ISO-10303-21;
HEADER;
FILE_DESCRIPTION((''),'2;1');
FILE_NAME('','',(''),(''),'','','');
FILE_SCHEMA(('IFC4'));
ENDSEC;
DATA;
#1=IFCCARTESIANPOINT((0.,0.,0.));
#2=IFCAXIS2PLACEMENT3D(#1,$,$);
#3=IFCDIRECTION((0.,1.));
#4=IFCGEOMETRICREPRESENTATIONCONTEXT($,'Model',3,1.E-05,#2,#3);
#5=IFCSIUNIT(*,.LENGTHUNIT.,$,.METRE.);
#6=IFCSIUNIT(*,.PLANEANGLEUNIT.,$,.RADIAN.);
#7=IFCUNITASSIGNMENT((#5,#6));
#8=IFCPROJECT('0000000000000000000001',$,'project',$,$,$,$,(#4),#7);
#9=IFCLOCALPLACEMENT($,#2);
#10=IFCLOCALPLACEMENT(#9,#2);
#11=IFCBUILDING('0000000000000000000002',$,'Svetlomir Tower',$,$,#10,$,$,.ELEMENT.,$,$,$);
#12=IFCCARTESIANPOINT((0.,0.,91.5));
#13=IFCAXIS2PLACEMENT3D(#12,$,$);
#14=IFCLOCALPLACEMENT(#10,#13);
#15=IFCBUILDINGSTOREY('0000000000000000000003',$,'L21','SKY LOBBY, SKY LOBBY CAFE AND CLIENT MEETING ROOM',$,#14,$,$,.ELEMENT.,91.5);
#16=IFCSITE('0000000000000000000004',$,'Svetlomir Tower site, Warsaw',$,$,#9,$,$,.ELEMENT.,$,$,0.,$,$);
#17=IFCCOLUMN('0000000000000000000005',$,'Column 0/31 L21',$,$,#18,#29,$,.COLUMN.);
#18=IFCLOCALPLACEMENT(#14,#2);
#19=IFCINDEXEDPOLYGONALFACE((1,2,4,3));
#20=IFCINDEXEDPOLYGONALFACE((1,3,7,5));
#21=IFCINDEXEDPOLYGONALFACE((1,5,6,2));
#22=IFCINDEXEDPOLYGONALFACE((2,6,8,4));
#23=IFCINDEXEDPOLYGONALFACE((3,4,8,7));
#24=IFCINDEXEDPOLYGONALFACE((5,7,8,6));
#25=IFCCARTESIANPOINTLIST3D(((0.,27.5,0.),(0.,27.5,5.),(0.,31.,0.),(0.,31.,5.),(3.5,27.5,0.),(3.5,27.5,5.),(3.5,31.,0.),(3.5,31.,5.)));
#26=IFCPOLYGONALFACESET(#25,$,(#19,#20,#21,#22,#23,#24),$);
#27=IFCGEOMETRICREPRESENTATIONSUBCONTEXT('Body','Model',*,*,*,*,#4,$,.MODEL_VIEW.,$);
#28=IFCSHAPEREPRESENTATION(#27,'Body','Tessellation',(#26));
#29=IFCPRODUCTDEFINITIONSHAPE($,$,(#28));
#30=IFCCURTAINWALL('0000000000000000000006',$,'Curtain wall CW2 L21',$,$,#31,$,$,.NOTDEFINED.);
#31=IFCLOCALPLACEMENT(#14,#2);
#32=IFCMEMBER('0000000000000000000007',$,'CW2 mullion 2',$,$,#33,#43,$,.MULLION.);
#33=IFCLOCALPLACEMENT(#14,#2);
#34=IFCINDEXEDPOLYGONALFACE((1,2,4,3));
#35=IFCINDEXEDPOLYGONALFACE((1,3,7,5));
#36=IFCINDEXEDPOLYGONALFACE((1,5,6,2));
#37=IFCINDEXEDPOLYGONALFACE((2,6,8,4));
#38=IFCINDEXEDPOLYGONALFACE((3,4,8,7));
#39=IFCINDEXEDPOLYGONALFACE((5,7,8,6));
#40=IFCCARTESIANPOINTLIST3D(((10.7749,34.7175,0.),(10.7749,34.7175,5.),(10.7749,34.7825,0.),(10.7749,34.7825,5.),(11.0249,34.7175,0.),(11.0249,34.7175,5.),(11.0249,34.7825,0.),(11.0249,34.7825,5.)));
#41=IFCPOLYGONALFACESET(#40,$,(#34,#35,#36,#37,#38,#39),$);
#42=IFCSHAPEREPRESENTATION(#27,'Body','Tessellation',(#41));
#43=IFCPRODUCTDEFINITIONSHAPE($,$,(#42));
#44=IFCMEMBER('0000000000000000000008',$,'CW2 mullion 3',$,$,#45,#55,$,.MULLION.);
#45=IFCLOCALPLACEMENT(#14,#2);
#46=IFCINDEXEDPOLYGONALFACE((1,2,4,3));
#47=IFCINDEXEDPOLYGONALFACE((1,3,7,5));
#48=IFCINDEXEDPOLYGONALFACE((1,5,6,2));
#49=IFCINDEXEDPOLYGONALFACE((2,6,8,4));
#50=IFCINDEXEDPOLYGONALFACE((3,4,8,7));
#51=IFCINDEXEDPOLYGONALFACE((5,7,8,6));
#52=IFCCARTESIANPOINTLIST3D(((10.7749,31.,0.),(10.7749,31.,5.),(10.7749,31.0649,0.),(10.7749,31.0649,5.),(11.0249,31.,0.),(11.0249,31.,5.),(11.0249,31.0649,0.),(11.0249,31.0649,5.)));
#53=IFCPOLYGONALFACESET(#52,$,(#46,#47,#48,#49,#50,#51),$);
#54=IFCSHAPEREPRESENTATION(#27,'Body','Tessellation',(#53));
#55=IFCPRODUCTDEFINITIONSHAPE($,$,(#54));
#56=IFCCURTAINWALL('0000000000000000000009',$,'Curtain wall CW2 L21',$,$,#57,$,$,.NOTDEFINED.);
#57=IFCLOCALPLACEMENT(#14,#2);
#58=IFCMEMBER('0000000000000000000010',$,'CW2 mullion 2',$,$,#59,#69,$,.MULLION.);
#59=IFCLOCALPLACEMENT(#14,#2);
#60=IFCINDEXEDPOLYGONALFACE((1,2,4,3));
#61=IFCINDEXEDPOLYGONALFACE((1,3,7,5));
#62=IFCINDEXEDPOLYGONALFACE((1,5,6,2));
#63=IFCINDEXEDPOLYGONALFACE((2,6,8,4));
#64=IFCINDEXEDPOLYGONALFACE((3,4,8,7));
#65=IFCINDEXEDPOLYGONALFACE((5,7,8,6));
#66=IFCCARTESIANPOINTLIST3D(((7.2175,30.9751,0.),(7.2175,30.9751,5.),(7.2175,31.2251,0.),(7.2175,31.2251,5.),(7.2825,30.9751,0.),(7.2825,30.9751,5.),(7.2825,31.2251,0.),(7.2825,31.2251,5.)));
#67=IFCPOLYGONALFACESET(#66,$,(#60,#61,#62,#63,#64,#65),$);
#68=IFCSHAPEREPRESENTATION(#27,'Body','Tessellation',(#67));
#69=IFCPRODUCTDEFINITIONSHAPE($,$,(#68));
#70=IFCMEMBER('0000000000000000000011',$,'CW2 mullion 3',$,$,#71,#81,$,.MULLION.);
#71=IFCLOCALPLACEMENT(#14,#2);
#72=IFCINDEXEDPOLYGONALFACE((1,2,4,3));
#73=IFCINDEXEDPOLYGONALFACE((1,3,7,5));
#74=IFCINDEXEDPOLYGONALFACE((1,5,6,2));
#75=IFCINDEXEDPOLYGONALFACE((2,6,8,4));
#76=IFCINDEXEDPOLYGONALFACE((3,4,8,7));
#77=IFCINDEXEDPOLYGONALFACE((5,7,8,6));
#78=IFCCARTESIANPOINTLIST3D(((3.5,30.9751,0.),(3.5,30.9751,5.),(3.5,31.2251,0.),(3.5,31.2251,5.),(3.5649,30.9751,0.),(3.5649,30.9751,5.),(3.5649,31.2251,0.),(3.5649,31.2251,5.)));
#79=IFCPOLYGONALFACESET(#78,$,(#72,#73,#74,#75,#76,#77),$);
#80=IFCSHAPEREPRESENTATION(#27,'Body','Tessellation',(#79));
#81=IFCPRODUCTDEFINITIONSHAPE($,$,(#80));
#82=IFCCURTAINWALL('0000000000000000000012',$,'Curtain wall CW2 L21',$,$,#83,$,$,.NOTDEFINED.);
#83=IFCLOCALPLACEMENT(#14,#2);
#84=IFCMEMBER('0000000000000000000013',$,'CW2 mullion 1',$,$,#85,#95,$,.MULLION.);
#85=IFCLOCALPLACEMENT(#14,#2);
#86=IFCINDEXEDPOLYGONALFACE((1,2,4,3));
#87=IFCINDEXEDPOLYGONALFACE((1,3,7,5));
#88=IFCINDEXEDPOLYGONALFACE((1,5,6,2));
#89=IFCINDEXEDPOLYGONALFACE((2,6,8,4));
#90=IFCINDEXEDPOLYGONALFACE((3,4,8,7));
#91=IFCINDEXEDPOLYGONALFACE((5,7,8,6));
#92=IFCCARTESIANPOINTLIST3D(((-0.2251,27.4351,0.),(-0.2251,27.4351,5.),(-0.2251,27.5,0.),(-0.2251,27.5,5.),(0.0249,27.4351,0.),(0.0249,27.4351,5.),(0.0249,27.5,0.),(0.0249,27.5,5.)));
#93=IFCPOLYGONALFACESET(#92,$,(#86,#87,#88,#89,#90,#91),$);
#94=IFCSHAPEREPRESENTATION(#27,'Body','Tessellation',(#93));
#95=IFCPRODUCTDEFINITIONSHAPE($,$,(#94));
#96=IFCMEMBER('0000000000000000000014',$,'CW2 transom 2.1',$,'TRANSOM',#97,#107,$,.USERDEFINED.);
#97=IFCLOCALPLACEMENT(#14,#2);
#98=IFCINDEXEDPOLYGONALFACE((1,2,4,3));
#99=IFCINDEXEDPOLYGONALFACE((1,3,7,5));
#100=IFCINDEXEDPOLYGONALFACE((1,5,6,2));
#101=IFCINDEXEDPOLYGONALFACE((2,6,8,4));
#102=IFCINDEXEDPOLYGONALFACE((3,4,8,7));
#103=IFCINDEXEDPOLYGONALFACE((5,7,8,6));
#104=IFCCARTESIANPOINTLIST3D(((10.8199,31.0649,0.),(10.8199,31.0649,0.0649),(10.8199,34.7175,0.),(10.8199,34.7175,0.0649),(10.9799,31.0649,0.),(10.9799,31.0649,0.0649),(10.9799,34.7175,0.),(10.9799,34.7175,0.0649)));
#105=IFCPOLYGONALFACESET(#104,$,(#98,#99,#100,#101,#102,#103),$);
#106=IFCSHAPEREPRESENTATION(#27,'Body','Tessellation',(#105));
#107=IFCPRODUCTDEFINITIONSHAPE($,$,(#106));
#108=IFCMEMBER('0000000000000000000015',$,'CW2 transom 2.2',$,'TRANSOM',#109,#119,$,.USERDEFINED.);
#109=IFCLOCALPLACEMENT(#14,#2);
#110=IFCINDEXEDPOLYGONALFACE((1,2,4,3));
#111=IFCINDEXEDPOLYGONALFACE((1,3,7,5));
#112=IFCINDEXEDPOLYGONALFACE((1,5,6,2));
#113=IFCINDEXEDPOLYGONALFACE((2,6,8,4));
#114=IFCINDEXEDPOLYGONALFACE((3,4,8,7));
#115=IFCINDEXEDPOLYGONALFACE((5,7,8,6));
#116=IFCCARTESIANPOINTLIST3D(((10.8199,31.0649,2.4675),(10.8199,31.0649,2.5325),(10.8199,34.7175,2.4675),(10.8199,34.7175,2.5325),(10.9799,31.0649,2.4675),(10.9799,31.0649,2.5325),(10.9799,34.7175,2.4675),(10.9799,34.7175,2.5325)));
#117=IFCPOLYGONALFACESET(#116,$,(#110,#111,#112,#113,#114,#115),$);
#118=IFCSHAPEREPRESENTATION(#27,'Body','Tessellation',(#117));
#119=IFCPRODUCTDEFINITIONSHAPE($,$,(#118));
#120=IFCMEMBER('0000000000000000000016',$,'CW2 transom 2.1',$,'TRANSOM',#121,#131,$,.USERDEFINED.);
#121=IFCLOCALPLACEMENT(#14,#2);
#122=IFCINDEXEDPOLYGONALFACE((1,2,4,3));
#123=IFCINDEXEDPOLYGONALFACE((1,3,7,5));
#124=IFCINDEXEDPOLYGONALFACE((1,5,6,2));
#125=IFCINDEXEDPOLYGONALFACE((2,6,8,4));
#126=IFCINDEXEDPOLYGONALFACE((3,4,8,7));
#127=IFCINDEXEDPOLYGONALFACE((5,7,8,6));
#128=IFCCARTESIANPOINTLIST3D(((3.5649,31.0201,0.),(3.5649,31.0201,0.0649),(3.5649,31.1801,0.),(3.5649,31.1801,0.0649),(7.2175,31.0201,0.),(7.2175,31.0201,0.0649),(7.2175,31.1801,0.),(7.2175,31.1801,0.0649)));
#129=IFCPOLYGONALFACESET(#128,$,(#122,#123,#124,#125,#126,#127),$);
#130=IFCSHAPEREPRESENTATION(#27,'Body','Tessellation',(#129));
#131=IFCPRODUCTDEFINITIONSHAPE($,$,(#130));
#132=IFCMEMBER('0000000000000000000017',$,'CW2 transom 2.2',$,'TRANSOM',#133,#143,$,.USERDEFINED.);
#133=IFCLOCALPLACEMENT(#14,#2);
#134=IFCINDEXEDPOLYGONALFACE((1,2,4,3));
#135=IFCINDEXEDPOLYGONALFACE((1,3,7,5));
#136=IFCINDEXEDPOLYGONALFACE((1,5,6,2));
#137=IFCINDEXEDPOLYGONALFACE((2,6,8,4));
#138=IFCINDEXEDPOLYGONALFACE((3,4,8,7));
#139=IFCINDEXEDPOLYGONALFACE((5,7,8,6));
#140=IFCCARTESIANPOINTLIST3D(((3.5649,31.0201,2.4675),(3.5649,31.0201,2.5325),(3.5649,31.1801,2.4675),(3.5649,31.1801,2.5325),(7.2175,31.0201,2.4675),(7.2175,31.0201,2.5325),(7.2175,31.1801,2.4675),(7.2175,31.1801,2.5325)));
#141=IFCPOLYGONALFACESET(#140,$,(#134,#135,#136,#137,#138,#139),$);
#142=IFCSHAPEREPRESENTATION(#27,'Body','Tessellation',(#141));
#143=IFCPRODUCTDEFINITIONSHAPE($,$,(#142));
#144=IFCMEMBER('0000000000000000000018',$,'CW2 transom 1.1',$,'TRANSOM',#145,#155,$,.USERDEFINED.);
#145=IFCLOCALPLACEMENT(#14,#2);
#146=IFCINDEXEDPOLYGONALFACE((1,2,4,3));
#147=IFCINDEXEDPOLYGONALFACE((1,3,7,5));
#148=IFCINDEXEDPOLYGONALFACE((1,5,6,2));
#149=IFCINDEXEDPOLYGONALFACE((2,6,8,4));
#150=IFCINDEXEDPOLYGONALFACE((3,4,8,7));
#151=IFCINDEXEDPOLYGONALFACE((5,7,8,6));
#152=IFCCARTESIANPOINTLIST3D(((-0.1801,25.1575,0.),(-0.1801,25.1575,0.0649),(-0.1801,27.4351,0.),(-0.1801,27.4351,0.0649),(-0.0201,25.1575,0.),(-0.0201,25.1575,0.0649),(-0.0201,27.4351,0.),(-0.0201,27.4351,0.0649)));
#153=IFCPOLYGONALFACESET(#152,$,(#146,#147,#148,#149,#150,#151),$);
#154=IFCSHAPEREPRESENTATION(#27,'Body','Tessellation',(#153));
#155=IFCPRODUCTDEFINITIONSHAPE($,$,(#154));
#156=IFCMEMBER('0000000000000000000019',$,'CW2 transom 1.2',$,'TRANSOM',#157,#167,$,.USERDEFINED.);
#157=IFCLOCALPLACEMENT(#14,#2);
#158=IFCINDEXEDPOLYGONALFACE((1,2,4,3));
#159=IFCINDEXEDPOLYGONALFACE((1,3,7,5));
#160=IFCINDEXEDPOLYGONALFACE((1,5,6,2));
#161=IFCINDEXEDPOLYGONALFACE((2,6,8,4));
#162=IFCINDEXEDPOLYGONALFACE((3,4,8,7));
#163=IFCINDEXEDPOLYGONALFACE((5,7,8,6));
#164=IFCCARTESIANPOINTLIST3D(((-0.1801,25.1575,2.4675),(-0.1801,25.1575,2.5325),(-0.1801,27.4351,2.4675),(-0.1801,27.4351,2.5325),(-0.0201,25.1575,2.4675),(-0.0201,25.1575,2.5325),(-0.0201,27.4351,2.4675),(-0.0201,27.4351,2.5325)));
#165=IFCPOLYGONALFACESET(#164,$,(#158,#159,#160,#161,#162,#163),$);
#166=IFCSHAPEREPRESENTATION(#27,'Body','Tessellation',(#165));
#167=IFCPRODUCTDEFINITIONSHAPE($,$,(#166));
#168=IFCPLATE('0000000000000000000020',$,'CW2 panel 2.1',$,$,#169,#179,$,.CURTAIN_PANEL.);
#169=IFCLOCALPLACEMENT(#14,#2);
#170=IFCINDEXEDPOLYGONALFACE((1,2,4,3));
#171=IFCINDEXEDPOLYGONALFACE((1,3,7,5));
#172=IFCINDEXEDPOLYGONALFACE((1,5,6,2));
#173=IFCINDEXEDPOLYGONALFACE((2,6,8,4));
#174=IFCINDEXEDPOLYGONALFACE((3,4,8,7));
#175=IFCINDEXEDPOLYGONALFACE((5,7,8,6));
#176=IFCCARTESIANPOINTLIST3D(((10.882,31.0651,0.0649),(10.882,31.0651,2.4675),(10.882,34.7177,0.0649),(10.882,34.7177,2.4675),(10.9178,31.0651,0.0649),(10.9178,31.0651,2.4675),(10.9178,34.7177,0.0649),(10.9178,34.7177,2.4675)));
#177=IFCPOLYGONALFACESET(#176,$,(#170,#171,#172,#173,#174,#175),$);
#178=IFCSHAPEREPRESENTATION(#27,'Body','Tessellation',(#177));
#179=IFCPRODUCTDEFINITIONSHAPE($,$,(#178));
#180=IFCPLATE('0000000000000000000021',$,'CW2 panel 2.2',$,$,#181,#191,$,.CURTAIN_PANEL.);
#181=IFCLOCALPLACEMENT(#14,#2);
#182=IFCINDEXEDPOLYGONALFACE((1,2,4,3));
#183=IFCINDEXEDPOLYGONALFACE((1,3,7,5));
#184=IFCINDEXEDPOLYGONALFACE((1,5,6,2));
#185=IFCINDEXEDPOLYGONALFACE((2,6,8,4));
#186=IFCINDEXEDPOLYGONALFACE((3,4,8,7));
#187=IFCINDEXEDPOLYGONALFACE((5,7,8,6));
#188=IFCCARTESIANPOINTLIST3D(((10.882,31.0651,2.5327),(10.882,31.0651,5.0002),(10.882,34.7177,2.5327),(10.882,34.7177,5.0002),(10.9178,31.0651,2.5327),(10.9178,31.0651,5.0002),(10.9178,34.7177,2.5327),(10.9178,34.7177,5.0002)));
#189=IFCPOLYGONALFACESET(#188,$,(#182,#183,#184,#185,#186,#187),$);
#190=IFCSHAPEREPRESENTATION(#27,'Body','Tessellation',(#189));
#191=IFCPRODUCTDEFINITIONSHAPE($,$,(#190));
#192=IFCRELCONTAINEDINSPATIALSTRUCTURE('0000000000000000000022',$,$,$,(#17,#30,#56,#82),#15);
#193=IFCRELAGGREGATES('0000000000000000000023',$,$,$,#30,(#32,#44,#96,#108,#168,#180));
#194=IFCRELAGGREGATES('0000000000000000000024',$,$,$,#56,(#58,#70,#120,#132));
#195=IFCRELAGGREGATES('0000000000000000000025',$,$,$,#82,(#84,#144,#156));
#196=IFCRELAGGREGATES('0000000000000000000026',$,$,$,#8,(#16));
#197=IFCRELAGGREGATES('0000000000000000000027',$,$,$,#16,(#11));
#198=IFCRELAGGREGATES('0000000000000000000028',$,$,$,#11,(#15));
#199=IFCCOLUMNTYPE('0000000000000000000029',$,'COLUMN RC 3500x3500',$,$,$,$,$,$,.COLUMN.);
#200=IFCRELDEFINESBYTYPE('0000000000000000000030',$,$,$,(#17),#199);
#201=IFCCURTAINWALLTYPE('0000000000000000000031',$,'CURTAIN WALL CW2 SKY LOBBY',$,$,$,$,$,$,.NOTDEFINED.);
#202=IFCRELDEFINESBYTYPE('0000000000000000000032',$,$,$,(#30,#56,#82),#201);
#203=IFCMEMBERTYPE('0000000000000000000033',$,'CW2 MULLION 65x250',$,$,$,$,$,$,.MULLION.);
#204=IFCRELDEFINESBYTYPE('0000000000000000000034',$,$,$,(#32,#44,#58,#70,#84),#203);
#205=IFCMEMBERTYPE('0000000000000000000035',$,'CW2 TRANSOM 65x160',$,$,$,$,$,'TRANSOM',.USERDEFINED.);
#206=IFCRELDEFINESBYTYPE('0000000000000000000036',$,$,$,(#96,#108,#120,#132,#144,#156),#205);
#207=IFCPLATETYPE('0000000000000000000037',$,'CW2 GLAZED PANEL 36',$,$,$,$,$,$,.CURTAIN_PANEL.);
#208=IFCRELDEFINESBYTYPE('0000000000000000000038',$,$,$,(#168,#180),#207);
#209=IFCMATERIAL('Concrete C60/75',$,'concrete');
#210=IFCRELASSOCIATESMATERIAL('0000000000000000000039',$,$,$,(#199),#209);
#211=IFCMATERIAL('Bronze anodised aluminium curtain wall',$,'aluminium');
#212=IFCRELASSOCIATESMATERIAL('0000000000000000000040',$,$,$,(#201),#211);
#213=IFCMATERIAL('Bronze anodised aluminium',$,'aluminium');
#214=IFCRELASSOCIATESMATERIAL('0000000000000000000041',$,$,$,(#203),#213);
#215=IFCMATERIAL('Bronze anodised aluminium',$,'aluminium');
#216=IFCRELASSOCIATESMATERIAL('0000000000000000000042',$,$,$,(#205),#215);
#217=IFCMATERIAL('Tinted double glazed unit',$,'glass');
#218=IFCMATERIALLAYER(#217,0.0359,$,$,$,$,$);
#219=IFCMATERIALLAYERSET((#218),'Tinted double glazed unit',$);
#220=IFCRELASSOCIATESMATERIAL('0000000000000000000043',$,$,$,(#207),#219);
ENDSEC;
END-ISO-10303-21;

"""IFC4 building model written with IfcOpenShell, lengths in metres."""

from ifc_helpers import new_model, si_unit, direction, frame, origin, origin_2d, place, context, subcontext, project, spatial, rectangle, extrude, material, layer, layer_set, material_profile, profile_set, type_object, element, aggregate, save


model = new_model("IFC4")

# Units and contexts
model_context = context("Model", 3, precision=1e-05, world=origin(), true_north=direction((0.0, 1.0)))
body_context = subcontext(model_context, "Body", "Model", "MODEL_VIEW")
ifc_project = project(units=[si_unit("LENGTHUNIT", "METRE"), si_unit("PLANEANGLEUNIT", "RADIAN")], contexts=[model_context])

# Site, building, storey
site_placement = place(None, origin())
site = spatial("IfcSite", under=ifc_project, at=site_placement, Name="Svetlomir Tower site, Warsaw", CompositionType="ELEMENT", RefElevation=0.0)
building_placement = place(site_placement, origin())
building = spatial("IfcBuilding", under=site, at=building_placement, Name="Svetlomir Tower", CompositionType="ELEMENT")
storey_placement = place(building_placement, frame((0.0, 0.0, 91.5)))
storey = spatial("IfcBuildingStorey", under=building, at=storey_placement, Name="L21", Description="SKY LOBBY, SKY LOBBY CAFE AND CLIENT MEETING ROOM", CompositionType="ELEMENT", Elevation=91.5)

# Column
ifc_material_1 = material(Name="Concrete C60/75", Category="concrete")
ifc_material_profile_1 = material_profile(ifc_material_1, rectangle(XDim=3.5, YDim=3.5, at=origin_2d()), Name="RC 3500x3500")
ifc_profile_set_1 = profile_set([ifc_material_profile_1], Name="Concrete C60/75")
column_type = type_object("IfcColumnType", Name="COLUMN RC 3500x3500", PredefinedType="COLUMN", material=ifc_profile_set_1)
column_placement = place(storey_placement, frame((1.75, 29.25, 0.0), z_axis=(0.0, 0.0, 1.0), x_axis=(1.0, 0.0, 0.0)))
element("IfcColumn", 1, at=column_placement, inside=storey, type_object=column_type, Name="Column 0/31 L21", PredefinedType="COLUMN", context=body_context, shape_type="SweptSolid", body=[
    extrude(rectangle(XDim=3.5, YDim=3.5, at=origin_2d()), origin(), (0.0, 0.0, 1.0), 5.0),
])

# Curtain walls, members
ifc_material_2 = material(Name="Bronze anodised aluminium curtain wall", Category="aluminium")
curtain_wall_type = type_object("IfcCurtainWallType", Name="CURTAIN WALL CW2 SKY LOBBY", PredefinedType="NOTDEFINED", material=ifc_material_2)
curtain_wall_1_placement = place(storey_placement, origin())
curtain_wall_1 = element("IfcCurtainWall", 2, at=curtain_wall_1_placement, inside=storey, type_object=curtain_wall_type, Name="Curtain wall CW2 L21", PredefinedType="NOTDEFINED")
ifc_material_3 = material(Name="Bronze anodised aluminium", Category="aluminium")
ifc_material_profile_2 = material_profile(ifc_material_3, rectangle(XDim=0.0649, YDim=0.25, at=origin_2d()), Name="AL 65x250")
ifc_profile_set_2 = profile_set([ifc_material_profile_2], Name="Bronze anodised aluminium 6063-T6")
member_type_1 = type_object("IfcMemberType", Name="CW2 MULLION 65x250", PredefinedType="MULLION", material=ifc_profile_set_2)
member_1_placement = place(storey_placement, frame((10.8999, 34.75, 0.0), z_axis=(0.0, 0.0, 1.0), x_axis=(0.0, -1.0, 0.0)))
member_1 = element("IfcMember", 3, at=member_1_placement, type_object=member_type_1, Name="CW2 mullion 2", PredefinedType="MULLION", context=body_context, shape_type="SweptSolid", body=[
    extrude(rectangle(XDim=0.0649, YDim=0.25, at=origin_2d()), origin(), (0.0, 0.0, 1.0), 5.0),
])
member_2_placement = place(storey_placement, frame((10.8999, 31.0325, 0.0), z_axis=(0.0, 0.0, 1.0), x_axis=(0.0, -1.0, 0.0)))
member_2 = element("IfcMember", 4, at=member_2_placement, type_object=member_type_1, Name="CW2 mullion 3", PredefinedType="MULLION", context=body_context, shape_type="SweptSolid", body=[
    extrude(rectangle(XDim=0.0649, YDim=0.25, at=origin_2d()), origin(), (0.0, 0.0, 1.0), 5.0),
])
curtain_wall_2_placement = place(storey_placement, origin())
curtain_wall_2 = element("IfcCurtainWall", 5, at=curtain_wall_2_placement, inside=storey, type_object=curtain_wall_type, Name="Curtain wall CW2 L21", PredefinedType="NOTDEFINED")
member_3_placement = place(storey_placement, frame((7.25, 31.1001, 0.0), z_axis=(0.0, 0.0, 1.0), x_axis=(-1.0, 0.0, 0.0)))
member_3 = element("IfcMember", 6, at=member_3_placement, type_object=member_type_1, Name="CW2 mullion 2", PredefinedType="MULLION", context=body_context, shape_type="SweptSolid", body=[
    extrude(rectangle(XDim=0.0649, YDim=0.25, at=origin_2d()), origin(), (0.0, 0.0, 1.0), 5.0),
])
member_4_placement = place(storey_placement, frame((3.5325, 31.1001, 0.0), z_axis=(0.0, 0.0, 1.0), x_axis=(-1.0, 0.0, 0.0)))
member_4 = element("IfcMember", 7, at=member_4_placement, type_object=member_type_1, Name="CW2 mullion 3", PredefinedType="MULLION", context=body_context, shape_type="SweptSolid", body=[
    extrude(rectangle(XDim=0.0649, YDim=0.25, at=origin_2d()), origin(), (0.0, 0.0, 1.0), 5.0),
])

# Curtain wall, member
curtain_wall_3_placement = place(storey_placement, origin())
curtain_wall_3 = element("IfcCurtainWall", 8, at=curtain_wall_3_placement, inside=storey, type_object=curtain_wall_type, Name="Curtain wall CW2 L21", PredefinedType="NOTDEFINED")
member_5_placement = place(storey_placement, frame((-0.1001, 27.4675, 0.0), z_axis=(0.0, 0.0, 1.0), x_axis=(0.0, -1.0, 0.0)))
member_5 = element("IfcMember", 9, at=member_5_placement, type_object=member_type_1, Name="CW2 mullion 1", PredefinedType="MULLION", context=body_context, shape_type="SweptSolid", body=[
    extrude(rectangle(XDim=0.0649, YDim=0.25, at=origin_2d()), origin(), (0.0, 0.0, 1.0), 5.0),
])

# Members
ifc_material_4 = material(Name="Bronze anodised aluminium", Category="aluminium")
ifc_material_profile_3 = material_profile(ifc_material_4, rectangle(XDim=0.1599, YDim=0.0649, at=origin_2d()), Name="AL 160x65")
ifc_profile_set_3 = profile_set([ifc_material_profile_3], Name="Bronze anodised aluminium 6063-T6")
member_type_2 = type_object("IfcMemberType", Name="CW2 TRANSOM 65x160", ElementType="TRANSOM", PredefinedType="USERDEFINED", material=ifc_profile_set_3)
member_6_placement = place(storey_placement, frame((10.8999, 34.7175, 0.0325), z_axis=(0.0, -1.0, 0.0), x_axis=(1.0, 0.0, 0.0)))
member_6 = element("IfcMember", 10, at=member_6_placement, type_object=member_type_2, Name="CW2 transom 2.1", ObjectType="TRANSOM", PredefinedType="USERDEFINED", context=body_context, shape_type="SweptSolid", body=[
    extrude(rectangle(XDim=0.1599, YDim=0.0649, at=origin_2d()), origin(), (0.0, 0.0, 1.0), 3.6526),
])
member_7_placement = place(storey_placement, frame((10.8999, 34.7175, 2.5), z_axis=(0.0, -1.0, 0.0), x_axis=(1.0, 0.0, 0.0)))
member_7 = element("IfcMember", 11, at=member_7_placement, type_object=member_type_2, Name="CW2 transom 2.2", ObjectType="TRANSOM", PredefinedType="USERDEFINED", context=body_context, shape_type="SweptSolid", body=[
    extrude(rectangle(XDim=0.1599, YDim=0.0649, at=origin_2d()), origin(), (0.0, 0.0, 1.0), 3.6526),
])
member_8_placement = place(storey_placement, frame((7.2175, 31.1001, 0.0325), z_axis=(-1.0, 0.0, 0.0), x_axis=(0.0, -1.0, 0.0)))
member_8 = element("IfcMember", 12, at=member_8_placement, type_object=member_type_2, Name="CW2 transom 2.1", ObjectType="TRANSOM", PredefinedType="USERDEFINED", context=body_context, shape_type="SweptSolid", body=[
    extrude(rectangle(XDim=0.1599, YDim=0.0649, at=origin_2d()), origin(), (0.0, 0.0, 1.0), 3.6526),
])
member_9_placement = place(storey_placement, frame((7.2175, 31.1001, 2.5), z_axis=(-1.0, 0.0, 0.0), x_axis=(0.0, -1.0, 0.0)))
member_9 = element("IfcMember", 13, at=member_9_placement, type_object=member_type_2, Name="CW2 transom 2.2", ObjectType="TRANSOM", PredefinedType="USERDEFINED", context=body_context, shape_type="SweptSolid", body=[
    extrude(rectangle(XDim=0.1599, YDim=0.0649, at=origin_2d()), origin(), (0.0, 0.0, 1.0), 3.6526),
])
member_10_placement = place(storey_placement, frame((-0.1001, 27.4351, 0.0325), z_axis=(0.0, -1.0, 0.0), x_axis=(1.0, 0.0, 0.0)))
member_10 = element("IfcMember", 14, at=member_10_placement, type_object=member_type_2, Name="CW2 transom 1.1", ObjectType="TRANSOM", PredefinedType="USERDEFINED", context=body_context, shape_type="SweptSolid", body=[
    extrude(rectangle(XDim=0.1599, YDim=0.0649, at=origin_2d()), origin(), (0.0, 0.0, 1.0), 2.2776),
])
member_11_placement = place(storey_placement, frame((-0.1001, 27.4351, 2.5), z_axis=(0.0, -1.0, 0.0), x_axis=(1.0, 0.0, 0.0)))
member_11 = element("IfcMember", 15, at=member_11_placement, type_object=member_type_2, Name="CW2 transom 1.2", ObjectType="TRANSOM", PredefinedType="USERDEFINED", context=body_context, shape_type="SweptSolid", body=[
    extrude(rectangle(XDim=0.1599, YDim=0.0649, at=origin_2d()), origin(), (0.0, 0.0, 1.0), 2.2776),
])

# Plates
ifc_material_5 = material(Name="Tinted double glazed unit", Category="glass")
ifc_layer_1 = layer(ifc_material_5, 0.0359)
ifc_layer_set_1 = layer_set([ifc_layer_1], Name="Tinted double glazed unit")
plate_type = type_object("IfcPlateType", Name="CW2 GLAZED PANEL 36", PredefinedType="CURTAIN_PANEL", material=ifc_layer_set_1)
plate_1_placement = place(storey_placement, frame((10.8999, 32.8914, 0.0649), z_axis=(0.0, 0.0, 1.0), x_axis=(0.0, -1.0, 0.0)))
plate_1 = element("IfcPlate", 16, at=plate_1_placement, type_object=plate_type, Name="CW2 panel 2.1", PredefinedType="CURTAIN_PANEL", context=body_context, shape_type="SweptSolid", body=[
    extrude(rectangle(XDim=3.6526, YDim=0.0359, at=origin_2d()), origin(), (0.0, 0.0, 1.0), 2.4026),
])
plate_2_placement = place(storey_placement, frame((10.8999, 32.8914, 2.5327), z_axis=(0.0, 0.0, 1.0), x_axis=(0.0, -1.0, 0.0)))
plate_2 = element("IfcPlate", 17, at=plate_2_placement, type_object=plate_type, Name="CW2 panel 2.2", PredefinedType="CURTAIN_PANEL", context=body_context, shape_type="SweptSolid", body=[
    extrude(rectangle(XDim=3.6526, YDim=0.0359, at=origin_2d()), origin(), (0.0, 0.0, 1.0), 2.4675),
])
aggregate(curtain_wall_1, [member_1, member_2, member_6, member_7, plate_1, plate_2])
aggregate(curtain_wall_2, [member_3, member_4, member_8, member_9])
aggregate(curtain_wall_3, [member_5, member_10, member_11])

save(model, "model.ifc")
